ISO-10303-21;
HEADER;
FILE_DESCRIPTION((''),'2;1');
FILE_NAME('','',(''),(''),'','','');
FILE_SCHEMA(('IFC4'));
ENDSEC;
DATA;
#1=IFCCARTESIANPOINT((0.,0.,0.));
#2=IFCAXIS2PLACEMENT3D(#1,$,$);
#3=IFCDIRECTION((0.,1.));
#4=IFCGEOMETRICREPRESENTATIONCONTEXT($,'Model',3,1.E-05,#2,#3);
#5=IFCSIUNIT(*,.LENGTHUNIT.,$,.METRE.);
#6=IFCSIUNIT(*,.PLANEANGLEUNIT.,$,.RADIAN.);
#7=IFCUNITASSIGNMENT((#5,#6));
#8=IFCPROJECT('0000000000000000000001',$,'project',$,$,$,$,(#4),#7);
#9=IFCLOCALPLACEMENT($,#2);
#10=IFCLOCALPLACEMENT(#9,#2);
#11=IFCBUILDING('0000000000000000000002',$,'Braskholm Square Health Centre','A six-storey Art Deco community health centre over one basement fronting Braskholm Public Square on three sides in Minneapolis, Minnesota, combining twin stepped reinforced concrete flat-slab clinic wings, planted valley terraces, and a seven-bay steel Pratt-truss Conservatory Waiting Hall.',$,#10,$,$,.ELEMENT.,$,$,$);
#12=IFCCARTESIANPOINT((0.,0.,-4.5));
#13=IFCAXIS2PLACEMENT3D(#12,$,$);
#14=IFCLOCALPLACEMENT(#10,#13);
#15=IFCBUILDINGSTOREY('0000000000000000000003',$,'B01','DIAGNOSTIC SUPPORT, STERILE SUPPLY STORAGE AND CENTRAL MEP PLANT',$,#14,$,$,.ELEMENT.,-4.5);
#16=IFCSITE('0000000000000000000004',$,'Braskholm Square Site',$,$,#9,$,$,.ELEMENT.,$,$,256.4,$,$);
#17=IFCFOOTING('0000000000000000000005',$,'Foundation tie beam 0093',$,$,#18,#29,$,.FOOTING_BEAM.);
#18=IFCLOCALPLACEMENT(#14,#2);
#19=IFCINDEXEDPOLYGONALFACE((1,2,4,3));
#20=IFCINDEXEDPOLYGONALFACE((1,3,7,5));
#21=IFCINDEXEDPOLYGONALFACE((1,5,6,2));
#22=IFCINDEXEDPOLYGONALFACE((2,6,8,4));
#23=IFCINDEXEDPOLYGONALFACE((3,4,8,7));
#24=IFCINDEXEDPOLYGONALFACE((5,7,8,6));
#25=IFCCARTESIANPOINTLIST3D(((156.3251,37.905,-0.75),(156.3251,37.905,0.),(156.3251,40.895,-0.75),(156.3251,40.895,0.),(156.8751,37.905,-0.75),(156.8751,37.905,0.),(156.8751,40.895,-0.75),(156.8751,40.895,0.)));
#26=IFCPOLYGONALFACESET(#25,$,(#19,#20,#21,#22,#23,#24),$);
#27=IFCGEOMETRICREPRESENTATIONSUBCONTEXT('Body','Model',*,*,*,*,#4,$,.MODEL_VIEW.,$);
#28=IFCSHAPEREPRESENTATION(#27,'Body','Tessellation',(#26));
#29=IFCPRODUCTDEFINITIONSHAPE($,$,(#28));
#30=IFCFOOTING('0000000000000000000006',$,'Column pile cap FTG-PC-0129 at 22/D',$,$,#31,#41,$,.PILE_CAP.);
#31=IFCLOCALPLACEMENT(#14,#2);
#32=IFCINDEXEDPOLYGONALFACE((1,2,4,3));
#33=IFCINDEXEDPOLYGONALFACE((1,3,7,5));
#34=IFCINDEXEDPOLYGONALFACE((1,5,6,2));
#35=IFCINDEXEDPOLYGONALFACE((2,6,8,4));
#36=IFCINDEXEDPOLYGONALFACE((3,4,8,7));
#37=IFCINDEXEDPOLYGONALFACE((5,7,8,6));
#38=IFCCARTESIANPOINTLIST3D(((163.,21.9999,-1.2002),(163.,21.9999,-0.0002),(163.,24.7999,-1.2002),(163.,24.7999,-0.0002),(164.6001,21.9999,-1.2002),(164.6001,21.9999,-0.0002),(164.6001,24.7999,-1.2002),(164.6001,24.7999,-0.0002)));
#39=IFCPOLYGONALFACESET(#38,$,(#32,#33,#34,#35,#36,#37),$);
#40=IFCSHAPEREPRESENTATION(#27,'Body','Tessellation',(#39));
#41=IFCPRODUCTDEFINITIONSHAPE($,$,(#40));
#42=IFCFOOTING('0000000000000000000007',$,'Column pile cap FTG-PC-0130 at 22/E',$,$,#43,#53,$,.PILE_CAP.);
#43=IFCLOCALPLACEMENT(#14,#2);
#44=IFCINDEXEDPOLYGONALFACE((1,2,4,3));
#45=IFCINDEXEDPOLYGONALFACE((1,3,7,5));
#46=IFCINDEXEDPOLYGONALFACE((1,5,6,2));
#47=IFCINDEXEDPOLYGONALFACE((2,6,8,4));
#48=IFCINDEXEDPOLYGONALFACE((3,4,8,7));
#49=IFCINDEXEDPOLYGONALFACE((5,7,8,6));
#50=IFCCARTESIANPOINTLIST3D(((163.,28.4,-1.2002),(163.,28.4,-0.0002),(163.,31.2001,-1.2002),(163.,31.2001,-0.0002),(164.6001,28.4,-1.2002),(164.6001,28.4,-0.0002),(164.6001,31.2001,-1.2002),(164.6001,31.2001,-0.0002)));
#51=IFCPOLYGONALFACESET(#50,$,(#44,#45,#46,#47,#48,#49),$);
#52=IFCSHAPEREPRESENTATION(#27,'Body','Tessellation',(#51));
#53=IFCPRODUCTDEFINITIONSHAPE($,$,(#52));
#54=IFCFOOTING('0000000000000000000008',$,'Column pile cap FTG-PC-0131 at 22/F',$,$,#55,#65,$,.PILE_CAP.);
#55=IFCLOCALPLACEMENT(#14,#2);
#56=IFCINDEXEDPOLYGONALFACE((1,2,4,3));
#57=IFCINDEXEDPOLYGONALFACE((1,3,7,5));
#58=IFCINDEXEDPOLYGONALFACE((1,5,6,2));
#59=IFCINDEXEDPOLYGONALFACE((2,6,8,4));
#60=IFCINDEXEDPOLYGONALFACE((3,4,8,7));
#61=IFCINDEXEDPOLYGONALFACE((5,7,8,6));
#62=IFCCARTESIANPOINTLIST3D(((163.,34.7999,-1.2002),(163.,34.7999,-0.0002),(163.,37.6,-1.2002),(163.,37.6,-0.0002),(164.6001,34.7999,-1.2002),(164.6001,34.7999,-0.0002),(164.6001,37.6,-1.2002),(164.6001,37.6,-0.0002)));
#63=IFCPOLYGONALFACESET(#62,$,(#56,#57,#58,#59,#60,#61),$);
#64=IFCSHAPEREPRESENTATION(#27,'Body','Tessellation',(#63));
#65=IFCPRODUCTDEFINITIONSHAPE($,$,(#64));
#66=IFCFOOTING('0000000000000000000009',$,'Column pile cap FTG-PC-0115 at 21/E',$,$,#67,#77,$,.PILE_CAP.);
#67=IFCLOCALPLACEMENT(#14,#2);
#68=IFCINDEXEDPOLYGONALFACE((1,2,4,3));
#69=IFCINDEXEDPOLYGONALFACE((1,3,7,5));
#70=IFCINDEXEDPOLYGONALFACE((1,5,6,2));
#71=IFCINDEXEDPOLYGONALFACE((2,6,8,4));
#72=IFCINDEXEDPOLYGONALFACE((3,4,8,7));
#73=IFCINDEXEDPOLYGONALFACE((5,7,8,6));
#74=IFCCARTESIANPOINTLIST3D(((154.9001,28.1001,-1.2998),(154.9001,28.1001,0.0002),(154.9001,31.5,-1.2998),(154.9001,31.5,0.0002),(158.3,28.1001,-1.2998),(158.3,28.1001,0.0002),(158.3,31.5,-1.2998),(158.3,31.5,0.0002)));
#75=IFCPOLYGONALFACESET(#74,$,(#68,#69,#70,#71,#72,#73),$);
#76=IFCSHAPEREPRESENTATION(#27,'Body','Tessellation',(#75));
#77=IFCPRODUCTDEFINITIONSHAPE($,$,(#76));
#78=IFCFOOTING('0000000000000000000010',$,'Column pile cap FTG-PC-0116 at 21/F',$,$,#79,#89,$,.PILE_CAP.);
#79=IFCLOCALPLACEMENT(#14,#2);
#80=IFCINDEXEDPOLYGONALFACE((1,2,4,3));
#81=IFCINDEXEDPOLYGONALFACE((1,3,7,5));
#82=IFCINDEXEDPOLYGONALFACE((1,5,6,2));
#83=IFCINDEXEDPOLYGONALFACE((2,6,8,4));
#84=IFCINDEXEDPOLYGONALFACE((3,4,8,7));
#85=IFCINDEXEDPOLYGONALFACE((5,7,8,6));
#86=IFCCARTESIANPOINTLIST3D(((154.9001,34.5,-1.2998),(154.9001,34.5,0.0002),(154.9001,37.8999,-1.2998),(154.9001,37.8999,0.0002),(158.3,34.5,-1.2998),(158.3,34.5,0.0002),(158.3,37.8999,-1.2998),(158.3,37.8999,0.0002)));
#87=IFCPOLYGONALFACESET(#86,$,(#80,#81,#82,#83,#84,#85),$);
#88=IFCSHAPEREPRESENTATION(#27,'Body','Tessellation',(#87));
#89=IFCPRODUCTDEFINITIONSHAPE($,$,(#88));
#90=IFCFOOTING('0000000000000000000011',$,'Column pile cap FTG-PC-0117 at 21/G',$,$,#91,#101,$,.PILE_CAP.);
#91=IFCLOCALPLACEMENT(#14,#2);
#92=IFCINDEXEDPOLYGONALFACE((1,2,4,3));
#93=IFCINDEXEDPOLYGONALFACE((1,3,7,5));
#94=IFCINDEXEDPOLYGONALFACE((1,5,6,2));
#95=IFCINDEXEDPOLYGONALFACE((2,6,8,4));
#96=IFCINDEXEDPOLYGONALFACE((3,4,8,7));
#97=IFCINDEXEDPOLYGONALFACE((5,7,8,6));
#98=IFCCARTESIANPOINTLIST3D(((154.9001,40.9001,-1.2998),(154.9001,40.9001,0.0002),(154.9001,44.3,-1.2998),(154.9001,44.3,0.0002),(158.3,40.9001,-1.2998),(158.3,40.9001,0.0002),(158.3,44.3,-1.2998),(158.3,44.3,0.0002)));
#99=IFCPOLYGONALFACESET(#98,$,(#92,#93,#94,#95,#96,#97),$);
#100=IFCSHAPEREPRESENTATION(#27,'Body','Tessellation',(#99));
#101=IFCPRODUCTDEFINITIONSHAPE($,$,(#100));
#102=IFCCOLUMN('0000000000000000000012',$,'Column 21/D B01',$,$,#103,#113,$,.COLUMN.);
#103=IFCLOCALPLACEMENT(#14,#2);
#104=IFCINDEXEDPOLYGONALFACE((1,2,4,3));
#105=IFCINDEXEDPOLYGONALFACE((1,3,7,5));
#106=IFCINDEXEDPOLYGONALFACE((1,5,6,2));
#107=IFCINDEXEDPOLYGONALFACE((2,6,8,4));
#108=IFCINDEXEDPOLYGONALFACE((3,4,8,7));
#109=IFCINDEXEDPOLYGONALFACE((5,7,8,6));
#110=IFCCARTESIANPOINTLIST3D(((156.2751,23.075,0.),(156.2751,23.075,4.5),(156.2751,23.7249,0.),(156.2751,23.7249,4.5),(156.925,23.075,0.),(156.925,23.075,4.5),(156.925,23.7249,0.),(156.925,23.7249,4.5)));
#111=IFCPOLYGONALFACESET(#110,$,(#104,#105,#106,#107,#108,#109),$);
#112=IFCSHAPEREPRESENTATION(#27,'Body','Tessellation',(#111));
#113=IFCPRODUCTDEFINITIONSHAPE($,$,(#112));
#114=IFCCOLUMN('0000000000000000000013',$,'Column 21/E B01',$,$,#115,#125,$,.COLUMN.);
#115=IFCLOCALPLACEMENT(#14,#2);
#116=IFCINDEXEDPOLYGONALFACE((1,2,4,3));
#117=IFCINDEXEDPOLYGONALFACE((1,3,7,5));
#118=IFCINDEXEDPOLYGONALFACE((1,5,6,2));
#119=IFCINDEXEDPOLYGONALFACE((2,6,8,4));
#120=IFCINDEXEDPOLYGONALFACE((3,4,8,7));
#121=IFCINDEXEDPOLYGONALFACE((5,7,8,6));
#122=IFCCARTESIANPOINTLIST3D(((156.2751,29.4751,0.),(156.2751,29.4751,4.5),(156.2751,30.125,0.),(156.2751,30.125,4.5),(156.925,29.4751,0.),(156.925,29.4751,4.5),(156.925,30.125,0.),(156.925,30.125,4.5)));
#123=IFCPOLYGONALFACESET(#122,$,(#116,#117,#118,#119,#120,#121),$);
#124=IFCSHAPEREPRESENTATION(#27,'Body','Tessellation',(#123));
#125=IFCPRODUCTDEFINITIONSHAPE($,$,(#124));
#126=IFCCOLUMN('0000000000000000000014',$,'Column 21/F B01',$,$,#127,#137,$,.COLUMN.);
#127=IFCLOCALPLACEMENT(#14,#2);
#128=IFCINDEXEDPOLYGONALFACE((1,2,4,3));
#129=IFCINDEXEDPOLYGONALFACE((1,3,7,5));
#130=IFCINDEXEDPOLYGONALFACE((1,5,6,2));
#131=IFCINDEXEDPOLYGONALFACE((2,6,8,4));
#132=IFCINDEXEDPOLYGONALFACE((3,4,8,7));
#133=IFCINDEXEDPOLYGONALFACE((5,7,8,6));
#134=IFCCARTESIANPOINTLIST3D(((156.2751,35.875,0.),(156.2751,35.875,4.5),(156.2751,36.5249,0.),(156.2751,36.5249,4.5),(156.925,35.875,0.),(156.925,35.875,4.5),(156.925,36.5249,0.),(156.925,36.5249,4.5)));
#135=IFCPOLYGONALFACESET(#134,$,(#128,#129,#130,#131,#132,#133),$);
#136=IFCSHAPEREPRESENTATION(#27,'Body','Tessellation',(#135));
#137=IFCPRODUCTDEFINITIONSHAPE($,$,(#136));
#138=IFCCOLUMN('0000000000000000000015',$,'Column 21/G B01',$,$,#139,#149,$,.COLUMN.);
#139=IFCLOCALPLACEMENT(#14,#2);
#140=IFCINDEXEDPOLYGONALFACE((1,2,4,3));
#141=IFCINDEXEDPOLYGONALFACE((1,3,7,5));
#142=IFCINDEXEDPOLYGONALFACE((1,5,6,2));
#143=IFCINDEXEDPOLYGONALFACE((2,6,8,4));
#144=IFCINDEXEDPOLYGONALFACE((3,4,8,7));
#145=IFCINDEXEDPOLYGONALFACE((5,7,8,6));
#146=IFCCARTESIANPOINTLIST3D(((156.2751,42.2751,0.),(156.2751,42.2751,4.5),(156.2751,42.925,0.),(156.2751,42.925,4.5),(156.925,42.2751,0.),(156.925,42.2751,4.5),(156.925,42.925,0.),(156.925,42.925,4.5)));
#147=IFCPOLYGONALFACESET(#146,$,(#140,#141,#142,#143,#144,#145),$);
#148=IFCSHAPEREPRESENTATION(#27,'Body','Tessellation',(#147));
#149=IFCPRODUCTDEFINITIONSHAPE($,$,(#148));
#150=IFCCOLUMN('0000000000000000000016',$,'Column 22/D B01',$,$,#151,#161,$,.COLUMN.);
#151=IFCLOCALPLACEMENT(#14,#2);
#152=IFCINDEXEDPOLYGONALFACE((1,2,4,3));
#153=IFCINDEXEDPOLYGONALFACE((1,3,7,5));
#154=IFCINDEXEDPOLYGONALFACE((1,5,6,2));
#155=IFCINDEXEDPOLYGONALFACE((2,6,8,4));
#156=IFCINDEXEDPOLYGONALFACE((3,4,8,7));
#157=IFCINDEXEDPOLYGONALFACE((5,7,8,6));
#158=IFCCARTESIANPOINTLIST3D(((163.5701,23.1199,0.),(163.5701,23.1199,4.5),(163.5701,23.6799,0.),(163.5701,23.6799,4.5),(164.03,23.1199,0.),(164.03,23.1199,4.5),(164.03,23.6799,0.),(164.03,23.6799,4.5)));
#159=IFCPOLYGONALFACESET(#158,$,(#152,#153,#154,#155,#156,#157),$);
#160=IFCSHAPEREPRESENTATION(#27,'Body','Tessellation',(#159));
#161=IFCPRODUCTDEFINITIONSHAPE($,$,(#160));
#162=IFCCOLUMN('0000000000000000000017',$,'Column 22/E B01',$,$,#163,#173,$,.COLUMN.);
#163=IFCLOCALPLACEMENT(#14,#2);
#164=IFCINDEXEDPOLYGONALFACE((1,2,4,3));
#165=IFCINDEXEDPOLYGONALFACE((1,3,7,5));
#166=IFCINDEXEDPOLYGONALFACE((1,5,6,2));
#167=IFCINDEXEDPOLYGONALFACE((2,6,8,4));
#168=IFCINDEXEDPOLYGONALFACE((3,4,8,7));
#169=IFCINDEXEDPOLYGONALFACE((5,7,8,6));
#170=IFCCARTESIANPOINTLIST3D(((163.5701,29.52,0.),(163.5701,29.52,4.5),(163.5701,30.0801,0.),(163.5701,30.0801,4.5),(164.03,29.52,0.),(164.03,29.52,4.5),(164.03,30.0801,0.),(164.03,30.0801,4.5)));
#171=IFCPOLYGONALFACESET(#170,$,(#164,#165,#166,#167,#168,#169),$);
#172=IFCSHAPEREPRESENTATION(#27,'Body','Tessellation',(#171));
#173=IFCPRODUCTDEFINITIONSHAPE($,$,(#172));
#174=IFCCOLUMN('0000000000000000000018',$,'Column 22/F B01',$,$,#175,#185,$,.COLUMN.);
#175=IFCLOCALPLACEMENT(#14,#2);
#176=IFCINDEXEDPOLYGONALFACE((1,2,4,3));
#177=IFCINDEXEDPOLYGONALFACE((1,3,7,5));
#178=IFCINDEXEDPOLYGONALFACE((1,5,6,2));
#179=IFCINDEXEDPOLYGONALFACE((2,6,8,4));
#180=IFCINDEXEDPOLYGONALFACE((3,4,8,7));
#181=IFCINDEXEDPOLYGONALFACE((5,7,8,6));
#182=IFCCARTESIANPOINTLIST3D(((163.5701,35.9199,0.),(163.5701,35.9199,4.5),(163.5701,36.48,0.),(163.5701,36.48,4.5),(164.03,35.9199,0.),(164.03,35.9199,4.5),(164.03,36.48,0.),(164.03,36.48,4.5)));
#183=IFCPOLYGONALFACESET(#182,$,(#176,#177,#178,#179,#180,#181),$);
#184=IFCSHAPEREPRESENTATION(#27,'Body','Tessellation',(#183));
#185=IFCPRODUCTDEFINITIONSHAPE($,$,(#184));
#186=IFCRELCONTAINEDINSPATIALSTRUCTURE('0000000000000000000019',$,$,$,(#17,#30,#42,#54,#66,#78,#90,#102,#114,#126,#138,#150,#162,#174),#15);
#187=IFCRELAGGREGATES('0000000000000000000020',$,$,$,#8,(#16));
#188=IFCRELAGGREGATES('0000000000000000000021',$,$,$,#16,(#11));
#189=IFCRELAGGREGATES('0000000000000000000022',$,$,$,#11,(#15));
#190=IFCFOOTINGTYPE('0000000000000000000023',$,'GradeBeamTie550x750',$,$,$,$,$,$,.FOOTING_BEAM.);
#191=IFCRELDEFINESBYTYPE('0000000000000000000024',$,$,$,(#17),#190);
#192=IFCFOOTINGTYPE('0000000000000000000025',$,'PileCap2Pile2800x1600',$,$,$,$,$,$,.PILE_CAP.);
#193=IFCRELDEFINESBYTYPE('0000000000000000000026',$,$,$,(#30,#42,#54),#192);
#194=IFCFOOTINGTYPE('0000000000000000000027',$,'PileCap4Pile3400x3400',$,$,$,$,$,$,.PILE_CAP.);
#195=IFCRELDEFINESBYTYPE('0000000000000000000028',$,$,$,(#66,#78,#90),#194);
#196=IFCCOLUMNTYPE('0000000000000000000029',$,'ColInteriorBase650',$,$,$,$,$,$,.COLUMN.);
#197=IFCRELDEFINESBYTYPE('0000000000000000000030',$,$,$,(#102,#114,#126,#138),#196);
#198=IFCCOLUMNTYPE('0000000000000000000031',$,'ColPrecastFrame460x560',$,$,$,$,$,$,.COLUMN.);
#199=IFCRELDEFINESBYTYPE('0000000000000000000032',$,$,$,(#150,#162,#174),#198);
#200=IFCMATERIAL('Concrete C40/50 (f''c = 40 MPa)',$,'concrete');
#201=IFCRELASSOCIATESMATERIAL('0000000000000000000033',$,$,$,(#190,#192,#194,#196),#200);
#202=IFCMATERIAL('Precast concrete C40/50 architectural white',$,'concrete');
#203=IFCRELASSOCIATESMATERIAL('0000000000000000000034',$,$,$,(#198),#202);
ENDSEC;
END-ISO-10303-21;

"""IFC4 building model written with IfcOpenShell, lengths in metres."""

from ifc_helpers import new_model, si_unit, direction, frame, origin, origin_2d, place, context, subcontext, project, spatial, rectangle, extrude, material, material_profile, profile_set, type_object, element, save


model = new_model("IFC4")

# Units and contexts
model_context = context("Model", 3, precision=1e-05, world=origin(), true_north=direction((0.0, 1.0)))
body_context = subcontext(model_context, "Body", "Model", "MODEL_VIEW")
ifc_project = project(units=[si_unit("LENGTHUNIT", "METRE"), si_unit("PLANEANGLEUNIT", "RADIAN")], contexts=[model_context])

# Site, building, storey
site_placement = place(None, origin())
site = spatial("IfcSite", under=ifc_project, at=site_placement, Name="Braskholm Square Site", CompositionType="ELEMENT", RefElevation=256.4)
building_placement = place(site_placement, origin())
building = spatial("IfcBuilding", under=site, at=building_placement, Name="Braskholm Square Health Centre", Description="A six-storey Art Deco community health centre over one basement fronting Braskholm Public Square on three sides in Minneapolis, Minnesota, combining twin stepped reinforced concrete flat-slab clinic wings, planted valley terraces, and a seven-bay steel Pratt-truss Conservatory Waiting Hall.", CompositionType="ELEMENT")
storey_placement = place(building_placement, frame((0.0, 0.0, -4.5)))
storey = spatial("IfcBuildingStorey", under=building, at=storey_placement, Name="B01", Description="DIAGNOSTIC SUPPORT, STERILE SUPPLY STORAGE AND CENTRAL MEP PLANT", CompositionType="ELEMENT", Elevation=-4.5)

# Shared definitions
ifc_material_1 = material(Name="Concrete C40/50 (f'c = 40 MPa)", Category="concrete")

# Footings
ifc_material_profile_1 = material_profile(ifc_material_1, rectangle(XDim=0.55, YDim=0.75, at=origin_2d()), Name="FTG-550X750")
ifc_profile_set_1 = profile_set([ifc_material_profile_1], Name="Concrete C40/50 (f'c = 40 MPa)")
footing_type_1 = type_object("IfcFootingType", Name="GradeBeamTie550x750", PredefinedType="FOOTING_BEAM", material=ifc_profile_set_1)
footing_1_placement = place(storey_placement, frame((156.6001, 37.905, -0.375), z_axis=(0.0, 1.0, 0.0), x_axis=(-1.0, 0.0, 0.0)))
element("IfcFooting", 1, at=footing_1_placement, inside=storey, type_object=footing_type_1, Name="Foundation tie beam 0093", PredefinedType="FOOTING_BEAM", context=body_context, shape_type="SweptSolid", body=[
    extrude(rectangle(XDim=0.55, YDim=0.75, at=origin_2d()), origin(), (0.0, 0.0, 1.0), 2.99),
])
footing_type_2 = type_object("IfcFootingType", Name="PileCap2Pile2800x1600", PredefinedType="PILE_CAP", material=ifc_material_1)
for number, where, z_axis, x_axis, name in (
    (2, (163.8, 23.3999, -1.2002), (0.0, 0.0, 1.0), (0.0, 1.0, 0.0), "Column pile cap FTG-PC-0129 at 22/D"),
    (3, (163.8, 29.8, -1.2002), (0.0, 0.0, 1.0), (0.0, 1.0, 0.0), "Column pile cap FTG-PC-0130 at 22/E"),
    (4, (163.8, 36.2, -1.2002), (0.0, 0.0, 1.0), (0.0, 1.0, 0.0), "Column pile cap FTG-PC-0131 at 22/F"),
):
    element("IfcFooting", number, at=place(storey_placement, frame(where, z_axis=z_axis, x_axis=x_axis)), inside=storey, type_object=footing_type_2, Name=name, PredefinedType="PILE_CAP", context=body_context, shape_type="SweptSolid", body=[
        extrude(rectangle(XDim=2.8, YDim=1.6001, at=origin_2d()), origin(), (0.0, 0.0, 1.0), 1.2),
    ])
footing_type_3 = type_object("IfcFootingType", Name="PileCap4Pile3400x3400", PredefinedType="PILE_CAP", material=ifc_material_1)
for number, where, z_axis, x_axis, name in (
    (5, (156.6001, 29.8, -1.2998), (0.0, 0.0, 1.0), (1.0, 0.0, 0.0), "Column pile cap FTG-PC-0115 at 21/E"),
    (6, (156.6001, 36.2, -1.2998), (0.0, 0.0, 1.0), (1.0, 0.0, 0.0), "Column pile cap FTG-PC-0116 at 21/F"),
    (7, (156.6001, 42.6001, -1.2998), (0.0, 0.0, 1.0), (1.0, 0.0, 0.0), "Column pile cap FTG-PC-0117 at 21/G"),
):
    element("IfcFooting", number, at=place(storey_placement, frame(where, z_axis=z_axis, x_axis=x_axis)), inside=storey, type_object=footing_type_3, Name=name, PredefinedType="PILE_CAP", context=body_context, shape_type="SweptSolid", body=[
        extrude(rectangle(XDim=3.3999, YDim=3.3999, at=origin_2d()), origin(), (0.0, 0.0, 1.0), 1.3),
    ])

# Columns
ifc_material_profile_2 = material_profile(ifc_material_1, rectangle(XDim=0.6499, YDim=0.6499, at=origin_2d()), Name="RC-650X650")
ifc_profile_set_2 = profile_set([ifc_material_profile_2], Name="Concrete C40/50 (f'c = 40 MPa)")
column_type_1 = type_object("IfcColumnType", Name="ColInteriorBase650", PredefinedType="COLUMN", material=ifc_profile_set_2)
for number, where, z_axis, x_axis, name in (
    (8, (156.6001, 23.3999, 0.0), (0.0, 0.0, 1.0), (1.0, 0.0, 0.0), "Column 21/D B01"),
    (9, (156.6001, 29.8, 0.0), (0.0, 0.0, 1.0), (1.0, 0.0, 0.0), "Column 21/E B01"),
    (10, (156.6001, 36.2, 0.0), (0.0, 0.0, 1.0), (1.0, 0.0, 0.0), "Column 21/F B01"),
    (11, (156.6001, 42.6001, 0.0), (0.0, 0.0, 1.0), (1.0, 0.0, 0.0), "Column 21/G B01"),
):
    element("IfcColumn", number, at=place(storey_placement, frame(where, z_axis=z_axis, x_axis=x_axis)), inside=storey, type_object=column_type_1, Name=name, PredefinedType="COLUMN", context=body_context, shape_type="SweptSolid", body=[
        extrude(rectangle(XDim=0.6499, YDim=0.6499, at=origin_2d()), origin(), (0.0, 0.0, 1.0), 4.5),
    ])
ifc_material_2 = material(Name="Precast concrete C40/50 architectural white", Category="concrete")
ifc_material_profile_3 = material_profile(ifc_material_2, rectangle(XDim=0.46, YDim=0.5601, at=origin_2d()), Name="RC-460X560")
ifc_profile_set_3 = profile_set([ifc_material_profile_3], Name="Precast concrete C40/50 architectural white")
column_type_2 = type_object("IfcColumnType", Name="ColPrecastFrame460x560", PredefinedType="COLUMN", material=ifc_profile_set_3)
for number, where, z_axis, x_axis, name in (
    (12, (163.8, 23.3999, 0.0), (0.0, 0.0, 1.0), (1.0, 0.0, 0.0), "Column 22/D B01"),
    (13, (163.8, 29.8, 0.0), (0.0, 0.0, 1.0), (1.0, 0.0, 0.0), "Column 22/E B01"),
    (14, (163.8, 36.2, 0.0), (0.0, 0.0, 1.0), (1.0, 0.0, 0.0), "Column 22/F B01"),
):
    element("IfcColumn", number, at=place(storey_placement, frame(where, z_axis=z_axis, x_axis=x_axis)), inside=storey, type_object=column_type_2, Name=name, PredefinedType="COLUMN", context=body_context, shape_type="SweptSolid", body=[
        extrude(rectangle(XDim=0.46, YDim=0.5601, at=origin_2d()), origin(), (0.0, 0.0, 1.0), 4.5),
    ])

save(model, "model.ifc")
